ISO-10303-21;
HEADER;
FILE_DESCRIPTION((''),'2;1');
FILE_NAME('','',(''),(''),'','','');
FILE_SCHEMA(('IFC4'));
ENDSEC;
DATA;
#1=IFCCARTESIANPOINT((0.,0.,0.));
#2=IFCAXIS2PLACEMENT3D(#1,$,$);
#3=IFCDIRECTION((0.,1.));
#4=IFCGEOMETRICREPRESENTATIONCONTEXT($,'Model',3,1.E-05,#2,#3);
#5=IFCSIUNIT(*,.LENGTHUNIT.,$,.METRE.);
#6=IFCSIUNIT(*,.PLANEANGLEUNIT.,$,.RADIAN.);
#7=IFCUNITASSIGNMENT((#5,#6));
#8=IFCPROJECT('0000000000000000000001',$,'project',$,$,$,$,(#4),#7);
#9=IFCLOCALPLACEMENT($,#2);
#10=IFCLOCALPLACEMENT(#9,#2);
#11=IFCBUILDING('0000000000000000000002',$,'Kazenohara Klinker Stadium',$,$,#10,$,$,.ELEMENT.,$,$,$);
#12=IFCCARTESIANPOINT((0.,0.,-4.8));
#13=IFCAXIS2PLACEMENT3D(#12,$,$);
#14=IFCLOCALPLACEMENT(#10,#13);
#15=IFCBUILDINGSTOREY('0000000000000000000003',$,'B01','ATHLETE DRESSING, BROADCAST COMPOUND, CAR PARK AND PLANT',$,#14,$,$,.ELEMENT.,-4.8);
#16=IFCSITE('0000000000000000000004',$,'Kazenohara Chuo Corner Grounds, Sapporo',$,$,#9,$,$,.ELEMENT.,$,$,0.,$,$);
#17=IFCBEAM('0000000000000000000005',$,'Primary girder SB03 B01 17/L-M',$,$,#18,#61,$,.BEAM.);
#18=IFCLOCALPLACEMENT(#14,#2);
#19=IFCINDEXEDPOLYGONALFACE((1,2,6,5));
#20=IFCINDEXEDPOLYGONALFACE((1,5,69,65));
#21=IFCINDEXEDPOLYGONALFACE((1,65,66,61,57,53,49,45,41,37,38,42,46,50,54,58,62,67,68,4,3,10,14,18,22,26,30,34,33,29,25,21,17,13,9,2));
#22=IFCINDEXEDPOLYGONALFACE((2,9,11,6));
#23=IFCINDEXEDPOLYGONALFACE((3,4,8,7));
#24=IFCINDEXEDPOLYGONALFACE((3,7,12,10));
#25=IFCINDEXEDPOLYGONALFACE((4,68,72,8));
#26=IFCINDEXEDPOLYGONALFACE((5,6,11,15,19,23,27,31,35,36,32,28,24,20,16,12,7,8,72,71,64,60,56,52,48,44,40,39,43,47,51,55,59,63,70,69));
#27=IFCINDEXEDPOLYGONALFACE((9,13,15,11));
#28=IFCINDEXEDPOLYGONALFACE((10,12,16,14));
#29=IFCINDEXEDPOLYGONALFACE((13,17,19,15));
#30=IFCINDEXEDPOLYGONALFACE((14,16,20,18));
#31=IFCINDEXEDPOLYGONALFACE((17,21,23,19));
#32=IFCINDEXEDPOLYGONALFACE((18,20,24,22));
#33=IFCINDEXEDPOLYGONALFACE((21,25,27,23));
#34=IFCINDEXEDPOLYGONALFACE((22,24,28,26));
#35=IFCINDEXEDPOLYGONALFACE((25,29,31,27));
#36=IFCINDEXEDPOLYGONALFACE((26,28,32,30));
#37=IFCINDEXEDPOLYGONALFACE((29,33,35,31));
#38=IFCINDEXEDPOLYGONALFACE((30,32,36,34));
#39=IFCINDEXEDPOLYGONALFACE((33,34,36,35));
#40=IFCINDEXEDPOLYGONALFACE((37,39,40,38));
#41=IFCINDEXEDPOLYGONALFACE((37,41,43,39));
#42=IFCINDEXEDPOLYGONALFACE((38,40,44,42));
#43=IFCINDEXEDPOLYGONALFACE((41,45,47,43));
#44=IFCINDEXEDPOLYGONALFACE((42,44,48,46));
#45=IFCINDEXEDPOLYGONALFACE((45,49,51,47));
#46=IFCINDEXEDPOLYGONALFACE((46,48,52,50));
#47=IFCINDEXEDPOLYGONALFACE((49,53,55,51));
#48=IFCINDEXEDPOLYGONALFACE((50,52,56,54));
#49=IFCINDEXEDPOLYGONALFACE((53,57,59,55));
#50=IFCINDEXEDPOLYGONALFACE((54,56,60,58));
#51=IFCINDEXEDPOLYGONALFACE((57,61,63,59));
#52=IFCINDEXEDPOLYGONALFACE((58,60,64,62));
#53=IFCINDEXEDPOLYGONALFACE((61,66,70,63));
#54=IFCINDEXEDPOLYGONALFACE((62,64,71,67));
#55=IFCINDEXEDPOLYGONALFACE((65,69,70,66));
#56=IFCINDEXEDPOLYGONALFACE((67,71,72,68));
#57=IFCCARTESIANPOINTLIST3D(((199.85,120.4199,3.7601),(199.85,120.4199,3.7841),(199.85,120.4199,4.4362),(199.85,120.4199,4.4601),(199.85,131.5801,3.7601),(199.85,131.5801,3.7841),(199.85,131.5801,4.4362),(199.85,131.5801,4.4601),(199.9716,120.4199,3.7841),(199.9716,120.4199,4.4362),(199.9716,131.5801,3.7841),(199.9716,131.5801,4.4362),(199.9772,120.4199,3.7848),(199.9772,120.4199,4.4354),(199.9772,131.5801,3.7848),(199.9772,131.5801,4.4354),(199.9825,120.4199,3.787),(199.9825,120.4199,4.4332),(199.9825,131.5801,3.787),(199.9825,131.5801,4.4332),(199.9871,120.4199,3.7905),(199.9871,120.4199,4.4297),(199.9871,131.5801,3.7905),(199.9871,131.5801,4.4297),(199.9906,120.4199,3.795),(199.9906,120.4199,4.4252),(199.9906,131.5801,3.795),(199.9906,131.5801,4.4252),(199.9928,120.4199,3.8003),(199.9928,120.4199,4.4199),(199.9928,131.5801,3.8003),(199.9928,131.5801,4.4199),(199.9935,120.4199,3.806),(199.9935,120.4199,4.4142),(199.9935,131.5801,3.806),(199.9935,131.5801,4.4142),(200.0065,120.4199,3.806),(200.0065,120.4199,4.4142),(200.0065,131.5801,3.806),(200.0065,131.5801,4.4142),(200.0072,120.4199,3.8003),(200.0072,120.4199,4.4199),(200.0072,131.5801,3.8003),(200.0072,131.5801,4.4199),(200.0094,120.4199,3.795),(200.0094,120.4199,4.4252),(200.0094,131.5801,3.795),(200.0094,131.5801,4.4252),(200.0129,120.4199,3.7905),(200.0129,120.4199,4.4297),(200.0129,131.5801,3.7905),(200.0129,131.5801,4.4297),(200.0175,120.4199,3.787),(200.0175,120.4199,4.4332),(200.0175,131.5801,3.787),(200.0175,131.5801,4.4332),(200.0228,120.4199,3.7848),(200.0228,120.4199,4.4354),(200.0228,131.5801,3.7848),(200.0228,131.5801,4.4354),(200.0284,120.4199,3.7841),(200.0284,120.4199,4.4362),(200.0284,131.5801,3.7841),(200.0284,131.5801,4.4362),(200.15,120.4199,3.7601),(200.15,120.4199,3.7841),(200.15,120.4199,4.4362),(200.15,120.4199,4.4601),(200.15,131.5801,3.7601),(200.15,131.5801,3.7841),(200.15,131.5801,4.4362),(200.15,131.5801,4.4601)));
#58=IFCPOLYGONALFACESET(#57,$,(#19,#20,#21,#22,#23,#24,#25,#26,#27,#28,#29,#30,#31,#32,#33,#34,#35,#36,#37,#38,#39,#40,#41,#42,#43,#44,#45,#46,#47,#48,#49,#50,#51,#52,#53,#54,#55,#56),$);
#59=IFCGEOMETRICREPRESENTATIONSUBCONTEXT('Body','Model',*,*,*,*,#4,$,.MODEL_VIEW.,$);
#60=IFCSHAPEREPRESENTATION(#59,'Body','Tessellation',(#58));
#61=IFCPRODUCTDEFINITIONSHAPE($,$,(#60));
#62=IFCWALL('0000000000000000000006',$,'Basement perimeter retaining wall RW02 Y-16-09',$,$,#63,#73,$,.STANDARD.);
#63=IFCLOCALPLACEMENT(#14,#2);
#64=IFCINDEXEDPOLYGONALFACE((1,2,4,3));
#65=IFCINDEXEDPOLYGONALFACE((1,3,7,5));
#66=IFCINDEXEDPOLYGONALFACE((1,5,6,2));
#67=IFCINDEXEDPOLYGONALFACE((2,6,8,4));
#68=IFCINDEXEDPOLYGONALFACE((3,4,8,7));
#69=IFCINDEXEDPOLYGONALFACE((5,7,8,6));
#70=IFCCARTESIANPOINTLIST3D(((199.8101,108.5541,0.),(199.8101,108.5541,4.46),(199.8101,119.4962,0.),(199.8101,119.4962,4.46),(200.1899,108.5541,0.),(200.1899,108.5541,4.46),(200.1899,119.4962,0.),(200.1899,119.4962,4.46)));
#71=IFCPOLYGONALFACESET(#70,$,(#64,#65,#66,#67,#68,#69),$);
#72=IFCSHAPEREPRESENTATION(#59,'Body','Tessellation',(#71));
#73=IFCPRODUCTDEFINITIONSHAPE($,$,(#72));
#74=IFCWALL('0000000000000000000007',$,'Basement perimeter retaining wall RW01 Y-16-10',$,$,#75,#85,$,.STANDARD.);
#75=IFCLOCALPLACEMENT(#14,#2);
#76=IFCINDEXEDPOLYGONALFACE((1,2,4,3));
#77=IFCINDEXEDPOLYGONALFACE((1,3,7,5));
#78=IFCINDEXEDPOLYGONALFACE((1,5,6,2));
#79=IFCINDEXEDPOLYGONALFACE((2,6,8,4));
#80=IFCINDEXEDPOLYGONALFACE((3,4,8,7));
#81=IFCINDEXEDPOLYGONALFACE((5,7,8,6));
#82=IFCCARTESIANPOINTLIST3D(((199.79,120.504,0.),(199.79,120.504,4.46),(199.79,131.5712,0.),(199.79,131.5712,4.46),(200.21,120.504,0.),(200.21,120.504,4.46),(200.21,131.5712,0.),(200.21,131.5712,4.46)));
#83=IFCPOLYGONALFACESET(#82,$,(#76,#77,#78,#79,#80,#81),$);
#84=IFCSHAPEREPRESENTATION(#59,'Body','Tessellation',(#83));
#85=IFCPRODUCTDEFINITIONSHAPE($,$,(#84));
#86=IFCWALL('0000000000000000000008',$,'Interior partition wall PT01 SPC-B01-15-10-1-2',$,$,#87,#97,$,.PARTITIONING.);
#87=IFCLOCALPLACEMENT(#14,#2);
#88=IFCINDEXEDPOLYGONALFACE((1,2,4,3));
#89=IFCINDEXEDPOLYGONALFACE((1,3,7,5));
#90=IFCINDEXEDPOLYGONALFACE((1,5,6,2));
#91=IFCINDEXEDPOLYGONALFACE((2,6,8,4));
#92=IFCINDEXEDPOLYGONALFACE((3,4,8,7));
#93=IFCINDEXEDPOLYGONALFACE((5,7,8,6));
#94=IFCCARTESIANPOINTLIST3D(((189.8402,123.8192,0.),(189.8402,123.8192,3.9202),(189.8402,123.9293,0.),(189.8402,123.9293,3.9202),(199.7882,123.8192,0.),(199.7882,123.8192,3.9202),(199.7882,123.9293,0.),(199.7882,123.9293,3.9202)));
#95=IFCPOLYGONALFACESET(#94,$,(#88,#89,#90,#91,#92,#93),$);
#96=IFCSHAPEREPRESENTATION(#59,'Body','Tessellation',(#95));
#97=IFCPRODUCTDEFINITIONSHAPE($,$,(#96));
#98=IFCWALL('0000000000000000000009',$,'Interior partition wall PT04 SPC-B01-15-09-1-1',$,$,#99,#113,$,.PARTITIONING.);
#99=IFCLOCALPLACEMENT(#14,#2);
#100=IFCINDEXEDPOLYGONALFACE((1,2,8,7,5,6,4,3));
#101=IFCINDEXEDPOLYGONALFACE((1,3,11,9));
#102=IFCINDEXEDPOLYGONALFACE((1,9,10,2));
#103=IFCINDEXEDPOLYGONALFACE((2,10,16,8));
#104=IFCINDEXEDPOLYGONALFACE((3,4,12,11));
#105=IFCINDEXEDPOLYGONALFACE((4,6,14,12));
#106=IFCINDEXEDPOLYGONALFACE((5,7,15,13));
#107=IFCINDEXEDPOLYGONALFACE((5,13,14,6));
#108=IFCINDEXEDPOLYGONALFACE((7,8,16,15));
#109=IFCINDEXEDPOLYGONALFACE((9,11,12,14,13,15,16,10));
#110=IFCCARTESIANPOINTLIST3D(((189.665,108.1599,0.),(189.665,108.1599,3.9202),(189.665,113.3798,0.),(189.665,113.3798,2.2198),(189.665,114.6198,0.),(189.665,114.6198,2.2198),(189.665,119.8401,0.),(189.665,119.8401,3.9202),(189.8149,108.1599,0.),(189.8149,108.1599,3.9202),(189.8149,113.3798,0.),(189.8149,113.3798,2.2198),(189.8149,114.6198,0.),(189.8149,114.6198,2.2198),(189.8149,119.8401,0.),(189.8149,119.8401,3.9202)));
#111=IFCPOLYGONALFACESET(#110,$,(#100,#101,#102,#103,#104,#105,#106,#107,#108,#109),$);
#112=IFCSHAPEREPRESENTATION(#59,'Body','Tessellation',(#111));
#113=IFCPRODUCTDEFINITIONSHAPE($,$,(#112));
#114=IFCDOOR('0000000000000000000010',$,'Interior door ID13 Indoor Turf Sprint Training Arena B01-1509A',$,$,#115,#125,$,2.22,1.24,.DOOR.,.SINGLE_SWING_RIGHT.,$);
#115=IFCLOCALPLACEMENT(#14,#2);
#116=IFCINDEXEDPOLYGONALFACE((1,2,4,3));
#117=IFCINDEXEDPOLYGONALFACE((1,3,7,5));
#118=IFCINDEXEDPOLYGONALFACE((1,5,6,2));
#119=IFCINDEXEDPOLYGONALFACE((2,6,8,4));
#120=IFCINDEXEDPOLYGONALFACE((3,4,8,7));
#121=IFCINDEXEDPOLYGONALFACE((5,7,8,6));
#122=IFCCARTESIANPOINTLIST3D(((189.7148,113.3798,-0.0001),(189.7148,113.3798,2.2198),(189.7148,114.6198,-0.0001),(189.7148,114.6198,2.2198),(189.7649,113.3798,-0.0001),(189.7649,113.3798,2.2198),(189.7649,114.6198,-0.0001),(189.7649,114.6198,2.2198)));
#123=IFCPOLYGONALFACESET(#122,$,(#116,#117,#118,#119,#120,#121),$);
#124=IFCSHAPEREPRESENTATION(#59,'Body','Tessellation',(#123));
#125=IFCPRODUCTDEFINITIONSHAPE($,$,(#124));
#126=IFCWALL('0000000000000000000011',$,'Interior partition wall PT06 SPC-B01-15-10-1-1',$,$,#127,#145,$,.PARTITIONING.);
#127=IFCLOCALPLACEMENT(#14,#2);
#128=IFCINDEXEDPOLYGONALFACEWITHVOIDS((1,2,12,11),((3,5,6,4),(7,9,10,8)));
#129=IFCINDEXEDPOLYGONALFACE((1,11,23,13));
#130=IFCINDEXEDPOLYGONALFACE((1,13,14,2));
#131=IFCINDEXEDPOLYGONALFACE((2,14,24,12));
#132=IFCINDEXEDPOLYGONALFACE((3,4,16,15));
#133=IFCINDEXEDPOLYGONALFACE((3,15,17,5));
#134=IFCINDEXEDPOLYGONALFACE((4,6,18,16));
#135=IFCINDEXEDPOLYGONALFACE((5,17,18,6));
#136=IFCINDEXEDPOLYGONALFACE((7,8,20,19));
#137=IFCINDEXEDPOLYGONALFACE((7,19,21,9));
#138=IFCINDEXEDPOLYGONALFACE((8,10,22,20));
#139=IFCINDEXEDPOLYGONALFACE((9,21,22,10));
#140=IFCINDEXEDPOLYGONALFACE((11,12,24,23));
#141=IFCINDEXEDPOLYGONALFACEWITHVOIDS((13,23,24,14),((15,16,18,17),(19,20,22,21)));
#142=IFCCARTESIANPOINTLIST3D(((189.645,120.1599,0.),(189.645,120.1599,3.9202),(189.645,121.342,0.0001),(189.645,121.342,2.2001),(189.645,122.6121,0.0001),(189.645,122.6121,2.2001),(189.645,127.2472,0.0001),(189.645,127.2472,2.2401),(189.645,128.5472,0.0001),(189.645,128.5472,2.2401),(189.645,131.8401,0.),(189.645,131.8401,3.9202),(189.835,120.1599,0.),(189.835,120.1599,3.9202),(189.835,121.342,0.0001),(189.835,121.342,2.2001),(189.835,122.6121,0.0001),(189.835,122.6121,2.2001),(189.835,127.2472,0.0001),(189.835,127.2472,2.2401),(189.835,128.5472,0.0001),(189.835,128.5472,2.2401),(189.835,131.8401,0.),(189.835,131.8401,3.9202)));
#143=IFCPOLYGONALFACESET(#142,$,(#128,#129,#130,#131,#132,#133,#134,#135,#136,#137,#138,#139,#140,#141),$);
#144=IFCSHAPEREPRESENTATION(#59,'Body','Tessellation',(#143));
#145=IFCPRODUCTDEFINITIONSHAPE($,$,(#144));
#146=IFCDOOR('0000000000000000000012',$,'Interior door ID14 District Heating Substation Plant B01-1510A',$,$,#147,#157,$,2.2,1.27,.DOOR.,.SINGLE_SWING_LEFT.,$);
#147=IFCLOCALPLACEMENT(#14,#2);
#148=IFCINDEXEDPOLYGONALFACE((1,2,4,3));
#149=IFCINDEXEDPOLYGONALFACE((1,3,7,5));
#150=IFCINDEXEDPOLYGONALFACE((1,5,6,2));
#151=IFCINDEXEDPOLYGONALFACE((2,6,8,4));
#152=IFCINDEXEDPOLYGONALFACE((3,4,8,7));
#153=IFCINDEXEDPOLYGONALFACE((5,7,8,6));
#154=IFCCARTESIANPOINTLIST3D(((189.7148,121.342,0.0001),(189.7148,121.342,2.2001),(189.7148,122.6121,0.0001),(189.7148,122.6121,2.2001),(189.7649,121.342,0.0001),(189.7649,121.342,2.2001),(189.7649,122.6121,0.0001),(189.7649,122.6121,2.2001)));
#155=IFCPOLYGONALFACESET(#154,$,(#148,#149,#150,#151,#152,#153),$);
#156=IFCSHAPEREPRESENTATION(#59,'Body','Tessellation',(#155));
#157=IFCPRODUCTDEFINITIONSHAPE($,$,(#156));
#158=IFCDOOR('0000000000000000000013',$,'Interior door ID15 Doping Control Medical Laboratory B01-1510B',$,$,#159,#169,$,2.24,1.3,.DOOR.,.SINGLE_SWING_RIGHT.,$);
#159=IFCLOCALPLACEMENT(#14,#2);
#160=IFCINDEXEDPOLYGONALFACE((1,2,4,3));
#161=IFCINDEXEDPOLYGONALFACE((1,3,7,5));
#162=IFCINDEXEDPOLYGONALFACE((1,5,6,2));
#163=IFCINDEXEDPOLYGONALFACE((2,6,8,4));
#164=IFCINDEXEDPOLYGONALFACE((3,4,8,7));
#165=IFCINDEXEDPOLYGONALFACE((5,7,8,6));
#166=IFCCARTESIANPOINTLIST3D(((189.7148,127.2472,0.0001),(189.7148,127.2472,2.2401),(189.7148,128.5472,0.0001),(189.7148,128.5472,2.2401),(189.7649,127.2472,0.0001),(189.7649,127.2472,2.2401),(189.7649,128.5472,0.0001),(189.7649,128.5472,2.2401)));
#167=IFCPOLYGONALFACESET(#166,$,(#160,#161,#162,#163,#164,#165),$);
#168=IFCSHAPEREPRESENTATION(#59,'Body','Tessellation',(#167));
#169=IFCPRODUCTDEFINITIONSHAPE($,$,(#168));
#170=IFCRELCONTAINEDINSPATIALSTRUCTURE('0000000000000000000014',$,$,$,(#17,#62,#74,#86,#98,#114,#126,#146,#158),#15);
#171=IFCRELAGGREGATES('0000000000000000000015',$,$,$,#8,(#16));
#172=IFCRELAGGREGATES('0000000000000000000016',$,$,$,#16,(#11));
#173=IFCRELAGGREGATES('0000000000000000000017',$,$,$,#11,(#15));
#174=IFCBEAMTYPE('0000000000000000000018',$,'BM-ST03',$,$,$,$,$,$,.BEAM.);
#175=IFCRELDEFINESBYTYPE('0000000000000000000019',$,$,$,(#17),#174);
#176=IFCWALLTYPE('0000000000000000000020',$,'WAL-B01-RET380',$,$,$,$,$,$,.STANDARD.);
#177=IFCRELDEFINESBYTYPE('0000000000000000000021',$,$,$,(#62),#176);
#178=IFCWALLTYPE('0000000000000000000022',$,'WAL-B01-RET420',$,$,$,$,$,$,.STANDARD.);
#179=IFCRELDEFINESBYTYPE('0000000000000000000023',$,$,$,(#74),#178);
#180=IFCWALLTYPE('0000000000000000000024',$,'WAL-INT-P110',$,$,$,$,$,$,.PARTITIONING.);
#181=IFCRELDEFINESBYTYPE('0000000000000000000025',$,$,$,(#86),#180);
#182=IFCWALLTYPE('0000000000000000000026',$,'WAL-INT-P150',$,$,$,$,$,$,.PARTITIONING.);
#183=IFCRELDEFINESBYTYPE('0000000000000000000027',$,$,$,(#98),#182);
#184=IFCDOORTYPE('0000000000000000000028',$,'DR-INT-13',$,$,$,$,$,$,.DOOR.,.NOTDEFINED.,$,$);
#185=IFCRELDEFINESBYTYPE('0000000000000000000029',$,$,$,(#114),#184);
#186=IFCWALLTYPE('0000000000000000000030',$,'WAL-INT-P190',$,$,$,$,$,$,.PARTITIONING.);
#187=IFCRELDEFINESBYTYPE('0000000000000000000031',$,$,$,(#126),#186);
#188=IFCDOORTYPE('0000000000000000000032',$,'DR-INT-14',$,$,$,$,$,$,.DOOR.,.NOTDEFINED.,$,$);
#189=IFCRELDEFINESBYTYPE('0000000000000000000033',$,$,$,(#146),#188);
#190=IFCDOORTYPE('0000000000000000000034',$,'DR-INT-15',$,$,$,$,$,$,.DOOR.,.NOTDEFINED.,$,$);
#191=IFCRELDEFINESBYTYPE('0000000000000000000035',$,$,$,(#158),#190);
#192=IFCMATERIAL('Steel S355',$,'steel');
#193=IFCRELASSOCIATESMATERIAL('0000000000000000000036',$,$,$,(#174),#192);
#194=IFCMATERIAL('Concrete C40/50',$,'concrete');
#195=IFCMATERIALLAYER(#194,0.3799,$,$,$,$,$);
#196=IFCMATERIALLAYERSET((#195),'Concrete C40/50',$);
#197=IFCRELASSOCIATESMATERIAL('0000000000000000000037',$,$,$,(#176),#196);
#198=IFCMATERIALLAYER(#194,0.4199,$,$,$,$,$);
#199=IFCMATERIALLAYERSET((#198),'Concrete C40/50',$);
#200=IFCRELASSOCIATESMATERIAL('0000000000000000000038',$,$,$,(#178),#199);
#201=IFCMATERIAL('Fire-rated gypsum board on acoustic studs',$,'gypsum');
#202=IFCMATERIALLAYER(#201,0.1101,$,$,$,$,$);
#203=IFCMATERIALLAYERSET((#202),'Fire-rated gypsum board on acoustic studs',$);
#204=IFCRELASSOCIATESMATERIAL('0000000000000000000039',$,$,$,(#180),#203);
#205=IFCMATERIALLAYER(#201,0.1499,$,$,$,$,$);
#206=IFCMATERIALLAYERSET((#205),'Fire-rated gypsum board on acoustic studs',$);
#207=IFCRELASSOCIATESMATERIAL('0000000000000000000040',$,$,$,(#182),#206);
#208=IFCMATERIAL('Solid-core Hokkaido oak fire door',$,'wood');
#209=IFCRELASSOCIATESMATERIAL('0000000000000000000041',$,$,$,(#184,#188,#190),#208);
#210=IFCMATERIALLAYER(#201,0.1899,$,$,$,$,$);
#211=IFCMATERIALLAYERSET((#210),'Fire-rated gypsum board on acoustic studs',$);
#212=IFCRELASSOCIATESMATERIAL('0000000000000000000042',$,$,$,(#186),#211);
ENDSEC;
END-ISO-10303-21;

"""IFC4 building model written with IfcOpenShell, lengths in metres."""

from ifc_helpers import new_model, si_unit, direction, frame, frame_2d, origin, origin_2d, place, context, subcontext, project, spatial, rectangle, i_section, extrude, material, layer, layer_set, material_profile, profile_set, type_object, element, fill, save


model = new_model("IFC4")

# Units and contexts
model_context = context("Model", 3, precision=1e-05, world=origin(), true_north=direction((0.0, 1.0)))
body_context = subcontext(model_context, "Body", "Model", "MODEL_VIEW")
ifc_project = project(units=[si_unit("LENGTHUNIT", "METRE"), si_unit("PLANEANGLEUNIT", "RADIAN")], contexts=[model_context])

# Site, building, storey
site_placement = place(None, origin())
site = spatial("IfcSite", under=ifc_project, at=site_placement, Name="Kazenohara Chuo Corner Grounds, Sapporo", CompositionType="ELEMENT", RefElevation=0.0)
building_placement = place(site_placement, origin())
building = spatial("IfcBuilding", under=site, at=building_placement, Name="Kazenohara Klinker Stadium", CompositionType="ELEMENT")
storey_placement = place(building_placement, frame((0.0, 0.0, -4.8)))
storey = spatial("IfcBuildingStorey", under=building, at=storey_placement, Name="B01", Description="ATHLETE DRESSING, BROADCAST COMPOUND, CAR PARK AND PLANT", CompositionType="ELEMENT", Elevation=-4.8)

# Shared definitions
ifc_material_1 = material(Name="Concrete C40/50", Category="concrete")

# Beam
ifc_material_2 = material(Name="Steel S355", Category="steel")
ifc_material_profile_1 = material_profile(ifc_material_2, i_section(OverallWidth=0.3, OverallDepth=0.7, WebThickness=0.0129, FlangeThickness=0.0239, FilletRadius=0.022, at=origin_2d()), Name="H-700x300x13x24")
ifc_profile_set_1 = profile_set([ifc_material_profile_1], Name="Steel S355")
beam_type_1 = type_object("IfcBeamType", Name="BM-ST03", PredefinedType="BEAM", material=ifc_profile_set_1)
beam_1_placement = place(storey_placement, frame((200.0, 120.4199, 4.1101), z_axis=(0.0, 1.0, 0.0), x_axis=(-1.0, 0.0, 0.0)))
element("IfcBeam", 1, at=beam_1_placement, inside=storey, type_object=beam_type_1, Name="Primary girder SB03 B01 17/L-M", PredefinedType="BEAM", context=body_context, shape_type="SweptSolid", body=[
    extrude(i_section(OverallWidth=0.3, OverallDepth=0.7, WebThickness=0.0129, FlangeThickness=0.0239, FilletRadius=0.022, at=origin_2d()), origin(), (0.0, 0.0, 1.0), 11.1602),
])

# Walls
ifc_layer_1 = layer(ifc_material_1, 0.3799)
ifc_layer_set_1 = layer_set([ifc_layer_1], Name="Concrete C40/50")
wall_type_1 = type_object("IfcWallType", Name="WAL-B01-RET380", PredefinedType="STANDARD", material=ifc_layer_set_1)
wall_1_placement = place(storey_placement, frame((200.0, 108.554, 0.0), z_axis=(0.0, 0.0, 1.0), x_axis=(0.0, 1.0, 0.0)))
element("IfcWall", 2, at=wall_1_placement, inside=storey, type_object=wall_type_1, Name="Basement perimeter retaining wall RW02 Y-16-09", PredefinedType="STANDARD", context=body_context, shape_type="SweptSolid", body=[
    extrude(rectangle(XDim=10.9421, YDim=0.3799, at=frame_2d((5.4712, 0.0))), origin(), (0.0, 0.0, 1.0), 4.46),
])
ifc_layer_2 = layer(ifc_material_1, 0.4199)
ifc_layer_set_2 = layer_set([ifc_layer_2], Name="Concrete C40/50")
wall_type_2 = type_object("IfcWallType", Name="WAL-B01-RET420", PredefinedType="STANDARD", material=ifc_layer_set_2)
wall_2_placement = place(storey_placement, frame((200.0, 120.5039, 0.0), z_axis=(0.0, 0.0, 1.0), x_axis=(0.0, 1.0, 0.0)))
element("IfcWall", 3, at=wall_2_placement, inside=storey, type_object=wall_type_2, Name="Basement perimeter retaining wall RW01 Y-16-10", PredefinedType="STANDARD", context=body_context, shape_type="SweptSolid", body=[
    extrude(rectangle(XDim=11.0671, YDim=0.4199, at=frame_2d((5.5337, 0.0))), origin(), (0.0, 0.0, 1.0), 4.46),
])
ifc_material_3 = material(Name="Fire-rated gypsum board on acoustic studs", Category="gypsum")
ifc_layer_3 = layer(ifc_material_3, 0.1101)
ifc_layer_set_3 = layer_set([ifc_layer_3], Name="Fire-rated gypsum board on acoustic studs")
wall_type_3 = type_object("IfcWallType", Name="WAL-INT-P110", PredefinedType="PARTITIONING", material=ifc_layer_set_3)
wall_3_placement = place(storey_placement, frame((189.8401, 123.8743, 0.0), z_axis=(0.0, 0.0, 1.0), x_axis=(1.0, 0.0, 0.0)))
element("IfcWall", 4, at=wall_3_placement, inside=storey, type_object=wall_type_3, Name="Interior partition wall PT01 SPC-B01-15-10-1-2", PredefinedType="PARTITIONING", context=body_context, shape_type="SweptSolid", body=[
    extrude(rectangle(XDim=9.948, YDim=0.1101, at=frame_2d((4.9741, 0.0))), origin(), (0.0, 0.0, 1.0), 3.9202),
])

# Wall, opening, door
ifc_layer_4 = layer(ifc_material_3, 0.1499)
ifc_layer_set_4 = layer_set([ifc_layer_4], Name="Fire-rated gypsum board on acoustic studs")
wall_type_4 = type_object("IfcWallType", Name="WAL-INT-P150", PredefinedType="PARTITIONING", material=ifc_layer_set_4)
wall_4_placement = place(storey_placement, frame((189.74, 108.1599, 0.0), z_axis=(0.0, 0.0, 1.0), x_axis=(0.0, 1.0, 0.0)))
wall_4 = element("IfcWall", 5, at=wall_4_placement, inside=storey, type_object=wall_type_4, Name="Interior partition wall PT04 SPC-B01-15-09-1-1", PredefinedType="PARTITIONING", context=body_context, shape_type="SweptSolid", body=[
    extrude(rectangle(XDim=11.6802, YDim=0.1499, at=frame_2d((5.8401, 0.0))), origin(), (0.0, 0.0, 1.0), 3.9202),
])
opening_1_placement = place(wall_4_placement, frame((6.46, 0.0, 0.0), z_axis=(0.0, 0.0, 1.0), x_axis=(-1.0, 0.0, 0.0)))
opening_1 = element("IfcOpeningElement", 6, at=opening_1_placement, cuts=wall_4, PredefinedType="OPENING", context=body_context, shape_type="SweptSolid", body=[
    extrude(rectangle(XDim=1.24, YDim=2.22, at=frame_2d((0.6201, 1.1099))), frame((0.0, 0.085, 0.0), z_axis=(0.0, -1.0, 0.0), x_axis=(1.0, 0.0, 0.0)), (0.0, 0.0, 1.0), 0.1699),
])
ifc_material_4 = material(Name="Solid-core Hokkaido oak fire door", Category="wood")
door_type_1 = type_object("IfcDoorType", Name="DR-INT-13", OperationType="NOTDEFINED", PredefinedType="DOOR", material=ifc_material_4)
door_1_placement = place(opening_1_placement, origin())
door_1 = element("IfcDoor", 7, at=door_1_placement, inside=storey, type_object=door_type_1, Name="Interior door ID13 Indoor Turf Sprint Training Arena B01-1509A", OperationType="SINGLE_SWING_RIGHT", OverallHeight=2.22, OverallWidth=1.24, PredefinedType="DOOR", context=body_context, shape_type="SweptSolid", body=[
    extrude(rectangle(XDim=1.24, YDim=2.22, at=frame_2d((0.6201, 1.1099))), frame((0.0, 0.0249, 0.0), z_axis=(0.0, -1.0, 0.0), x_axis=(1.0, 0.0, 0.0)), (0.0, 0.0, 1.0), 0.05),
])
fill(opening_1, door_1)

# Wall, openings, doors
ifc_layer_5 = layer(ifc_material_3, 0.1899)
ifc_layer_set_5 = layer_set([ifc_layer_5], Name="Fire-rated gypsum board on acoustic studs")
wall_type_5 = type_object("IfcWallType", Name="WAL-INT-P190", PredefinedType="PARTITIONING", material=ifc_layer_set_5)
wall_5_placement = place(storey_placement, frame((189.74, 120.1599, 0.0), z_axis=(0.0, 0.0, 1.0), x_axis=(0.0, 1.0, 0.0)))
wall_5 = element("IfcWall", 8, at=wall_5_placement, inside=storey, type_object=wall_type_5, Name="Interior partition wall PT06 SPC-B01-15-10-1-1", PredefinedType="PARTITIONING", context=body_context, shape_type="SweptSolid", body=[
    extrude(rectangle(XDim=11.6802, YDim=0.1899, at=frame_2d((5.8401, 0.0))), origin(), (0.0, 0.0, 1.0), 3.9202),
])
opening_2_placement = place(wall_5_placement, frame((2.4521, 0.0, 0.0), z_axis=(0.0, 0.0, 1.0), x_axis=(-1.0, 0.0, 0.0)))
opening_2 = element("IfcOpeningElement", 9, at=opening_2_placement, cuts=wall_5, PredefinedType="OPENING", context=body_context, shape_type="SweptSolid", body=[
    extrude(rectangle(XDim=1.27, YDim=2.2, at=frame_2d((0.635, 1.1001))), frame((0.0, 0.105, 0.0), z_axis=(0.0, -1.0, 0.0), x_axis=(1.0, 0.0, 0.0)), (0.0, 0.0, 1.0), 0.21),
])
opening_3_placement = place(wall_5_placement, frame((8.3872, 0.0, 0.0), z_axis=(0.0, 0.0, 1.0), x_axis=(-1.0, 0.0, 0.0)))
opening_3 = element("IfcOpeningElement", 10, at=opening_3_placement, cuts=wall_5, PredefinedType="OPENING", context=body_context, shape_type="SweptSolid", body=[
    extrude(rectangle(XDim=1.3, YDim=2.24, at=frame_2d((0.6499, 1.1201))), frame((0.0, 0.105, 0.0), z_axis=(0.0, -1.0, 0.0), x_axis=(1.0, 0.0, 0.0)), (0.0, 0.0, 1.0), 0.21),
])
door_type_2 = type_object("IfcDoorType", Name="DR-INT-14", OperationType="NOTDEFINED", PredefinedType="DOOR", material=ifc_material_4)
door_2_placement = place(opening_2_placement, origin())
door_2 = element("IfcDoor", 11, at=door_2_placement, inside=storey, type_object=door_type_2, Name="Interior door ID14 District Heating Substation Plant B01-1510A", OperationType="SINGLE_SWING_LEFT", OverallHeight=2.2, OverallWidth=1.27, PredefinedType="DOOR", context=body_context, shape_type="SweptSolid", body=[
    extrude(rectangle(XDim=1.27, YDim=2.2, at=frame_2d((0.635, 1.1001))), frame((0.0, 0.0249, 0.0), z_axis=(0.0, -1.0, 0.0), x_axis=(1.0, 0.0, 0.0)), (0.0, 0.0, 1.0), 0.05),
])
fill(opening_2, door_2)
door_type_3 = type_object("IfcDoorType", Name="DR-INT-15", OperationType="NOTDEFINED", PredefinedType="DOOR", material=ifc_material_4)
door_3_placement = place(opening_3_placement, origin())
door_3 = element("IfcDoor", 12, at=door_3_placement, inside=storey, type_object=door_type_3, Name="Interior door ID15 Doping Control Medical Laboratory B01-1510B", OperationType="SINGLE_SWING_RIGHT", OverallHeight=2.24, OverallWidth=1.3, PredefinedType="DOOR", context=body_context, shape_type="SweptSolid", body=[
    extrude(rectangle(XDim=1.3, YDim=2.24, at=frame_2d((0.6499, 1.1201))), frame((0.0, 0.0249, 0.0), z_axis=(0.0, -1.0, 0.0), x_axis=(1.0, 0.0, 0.0)), (0.0, 0.0, 1.0), 0.05),
])
fill(opening_3, door_3)

save(model, "model.ifc")
